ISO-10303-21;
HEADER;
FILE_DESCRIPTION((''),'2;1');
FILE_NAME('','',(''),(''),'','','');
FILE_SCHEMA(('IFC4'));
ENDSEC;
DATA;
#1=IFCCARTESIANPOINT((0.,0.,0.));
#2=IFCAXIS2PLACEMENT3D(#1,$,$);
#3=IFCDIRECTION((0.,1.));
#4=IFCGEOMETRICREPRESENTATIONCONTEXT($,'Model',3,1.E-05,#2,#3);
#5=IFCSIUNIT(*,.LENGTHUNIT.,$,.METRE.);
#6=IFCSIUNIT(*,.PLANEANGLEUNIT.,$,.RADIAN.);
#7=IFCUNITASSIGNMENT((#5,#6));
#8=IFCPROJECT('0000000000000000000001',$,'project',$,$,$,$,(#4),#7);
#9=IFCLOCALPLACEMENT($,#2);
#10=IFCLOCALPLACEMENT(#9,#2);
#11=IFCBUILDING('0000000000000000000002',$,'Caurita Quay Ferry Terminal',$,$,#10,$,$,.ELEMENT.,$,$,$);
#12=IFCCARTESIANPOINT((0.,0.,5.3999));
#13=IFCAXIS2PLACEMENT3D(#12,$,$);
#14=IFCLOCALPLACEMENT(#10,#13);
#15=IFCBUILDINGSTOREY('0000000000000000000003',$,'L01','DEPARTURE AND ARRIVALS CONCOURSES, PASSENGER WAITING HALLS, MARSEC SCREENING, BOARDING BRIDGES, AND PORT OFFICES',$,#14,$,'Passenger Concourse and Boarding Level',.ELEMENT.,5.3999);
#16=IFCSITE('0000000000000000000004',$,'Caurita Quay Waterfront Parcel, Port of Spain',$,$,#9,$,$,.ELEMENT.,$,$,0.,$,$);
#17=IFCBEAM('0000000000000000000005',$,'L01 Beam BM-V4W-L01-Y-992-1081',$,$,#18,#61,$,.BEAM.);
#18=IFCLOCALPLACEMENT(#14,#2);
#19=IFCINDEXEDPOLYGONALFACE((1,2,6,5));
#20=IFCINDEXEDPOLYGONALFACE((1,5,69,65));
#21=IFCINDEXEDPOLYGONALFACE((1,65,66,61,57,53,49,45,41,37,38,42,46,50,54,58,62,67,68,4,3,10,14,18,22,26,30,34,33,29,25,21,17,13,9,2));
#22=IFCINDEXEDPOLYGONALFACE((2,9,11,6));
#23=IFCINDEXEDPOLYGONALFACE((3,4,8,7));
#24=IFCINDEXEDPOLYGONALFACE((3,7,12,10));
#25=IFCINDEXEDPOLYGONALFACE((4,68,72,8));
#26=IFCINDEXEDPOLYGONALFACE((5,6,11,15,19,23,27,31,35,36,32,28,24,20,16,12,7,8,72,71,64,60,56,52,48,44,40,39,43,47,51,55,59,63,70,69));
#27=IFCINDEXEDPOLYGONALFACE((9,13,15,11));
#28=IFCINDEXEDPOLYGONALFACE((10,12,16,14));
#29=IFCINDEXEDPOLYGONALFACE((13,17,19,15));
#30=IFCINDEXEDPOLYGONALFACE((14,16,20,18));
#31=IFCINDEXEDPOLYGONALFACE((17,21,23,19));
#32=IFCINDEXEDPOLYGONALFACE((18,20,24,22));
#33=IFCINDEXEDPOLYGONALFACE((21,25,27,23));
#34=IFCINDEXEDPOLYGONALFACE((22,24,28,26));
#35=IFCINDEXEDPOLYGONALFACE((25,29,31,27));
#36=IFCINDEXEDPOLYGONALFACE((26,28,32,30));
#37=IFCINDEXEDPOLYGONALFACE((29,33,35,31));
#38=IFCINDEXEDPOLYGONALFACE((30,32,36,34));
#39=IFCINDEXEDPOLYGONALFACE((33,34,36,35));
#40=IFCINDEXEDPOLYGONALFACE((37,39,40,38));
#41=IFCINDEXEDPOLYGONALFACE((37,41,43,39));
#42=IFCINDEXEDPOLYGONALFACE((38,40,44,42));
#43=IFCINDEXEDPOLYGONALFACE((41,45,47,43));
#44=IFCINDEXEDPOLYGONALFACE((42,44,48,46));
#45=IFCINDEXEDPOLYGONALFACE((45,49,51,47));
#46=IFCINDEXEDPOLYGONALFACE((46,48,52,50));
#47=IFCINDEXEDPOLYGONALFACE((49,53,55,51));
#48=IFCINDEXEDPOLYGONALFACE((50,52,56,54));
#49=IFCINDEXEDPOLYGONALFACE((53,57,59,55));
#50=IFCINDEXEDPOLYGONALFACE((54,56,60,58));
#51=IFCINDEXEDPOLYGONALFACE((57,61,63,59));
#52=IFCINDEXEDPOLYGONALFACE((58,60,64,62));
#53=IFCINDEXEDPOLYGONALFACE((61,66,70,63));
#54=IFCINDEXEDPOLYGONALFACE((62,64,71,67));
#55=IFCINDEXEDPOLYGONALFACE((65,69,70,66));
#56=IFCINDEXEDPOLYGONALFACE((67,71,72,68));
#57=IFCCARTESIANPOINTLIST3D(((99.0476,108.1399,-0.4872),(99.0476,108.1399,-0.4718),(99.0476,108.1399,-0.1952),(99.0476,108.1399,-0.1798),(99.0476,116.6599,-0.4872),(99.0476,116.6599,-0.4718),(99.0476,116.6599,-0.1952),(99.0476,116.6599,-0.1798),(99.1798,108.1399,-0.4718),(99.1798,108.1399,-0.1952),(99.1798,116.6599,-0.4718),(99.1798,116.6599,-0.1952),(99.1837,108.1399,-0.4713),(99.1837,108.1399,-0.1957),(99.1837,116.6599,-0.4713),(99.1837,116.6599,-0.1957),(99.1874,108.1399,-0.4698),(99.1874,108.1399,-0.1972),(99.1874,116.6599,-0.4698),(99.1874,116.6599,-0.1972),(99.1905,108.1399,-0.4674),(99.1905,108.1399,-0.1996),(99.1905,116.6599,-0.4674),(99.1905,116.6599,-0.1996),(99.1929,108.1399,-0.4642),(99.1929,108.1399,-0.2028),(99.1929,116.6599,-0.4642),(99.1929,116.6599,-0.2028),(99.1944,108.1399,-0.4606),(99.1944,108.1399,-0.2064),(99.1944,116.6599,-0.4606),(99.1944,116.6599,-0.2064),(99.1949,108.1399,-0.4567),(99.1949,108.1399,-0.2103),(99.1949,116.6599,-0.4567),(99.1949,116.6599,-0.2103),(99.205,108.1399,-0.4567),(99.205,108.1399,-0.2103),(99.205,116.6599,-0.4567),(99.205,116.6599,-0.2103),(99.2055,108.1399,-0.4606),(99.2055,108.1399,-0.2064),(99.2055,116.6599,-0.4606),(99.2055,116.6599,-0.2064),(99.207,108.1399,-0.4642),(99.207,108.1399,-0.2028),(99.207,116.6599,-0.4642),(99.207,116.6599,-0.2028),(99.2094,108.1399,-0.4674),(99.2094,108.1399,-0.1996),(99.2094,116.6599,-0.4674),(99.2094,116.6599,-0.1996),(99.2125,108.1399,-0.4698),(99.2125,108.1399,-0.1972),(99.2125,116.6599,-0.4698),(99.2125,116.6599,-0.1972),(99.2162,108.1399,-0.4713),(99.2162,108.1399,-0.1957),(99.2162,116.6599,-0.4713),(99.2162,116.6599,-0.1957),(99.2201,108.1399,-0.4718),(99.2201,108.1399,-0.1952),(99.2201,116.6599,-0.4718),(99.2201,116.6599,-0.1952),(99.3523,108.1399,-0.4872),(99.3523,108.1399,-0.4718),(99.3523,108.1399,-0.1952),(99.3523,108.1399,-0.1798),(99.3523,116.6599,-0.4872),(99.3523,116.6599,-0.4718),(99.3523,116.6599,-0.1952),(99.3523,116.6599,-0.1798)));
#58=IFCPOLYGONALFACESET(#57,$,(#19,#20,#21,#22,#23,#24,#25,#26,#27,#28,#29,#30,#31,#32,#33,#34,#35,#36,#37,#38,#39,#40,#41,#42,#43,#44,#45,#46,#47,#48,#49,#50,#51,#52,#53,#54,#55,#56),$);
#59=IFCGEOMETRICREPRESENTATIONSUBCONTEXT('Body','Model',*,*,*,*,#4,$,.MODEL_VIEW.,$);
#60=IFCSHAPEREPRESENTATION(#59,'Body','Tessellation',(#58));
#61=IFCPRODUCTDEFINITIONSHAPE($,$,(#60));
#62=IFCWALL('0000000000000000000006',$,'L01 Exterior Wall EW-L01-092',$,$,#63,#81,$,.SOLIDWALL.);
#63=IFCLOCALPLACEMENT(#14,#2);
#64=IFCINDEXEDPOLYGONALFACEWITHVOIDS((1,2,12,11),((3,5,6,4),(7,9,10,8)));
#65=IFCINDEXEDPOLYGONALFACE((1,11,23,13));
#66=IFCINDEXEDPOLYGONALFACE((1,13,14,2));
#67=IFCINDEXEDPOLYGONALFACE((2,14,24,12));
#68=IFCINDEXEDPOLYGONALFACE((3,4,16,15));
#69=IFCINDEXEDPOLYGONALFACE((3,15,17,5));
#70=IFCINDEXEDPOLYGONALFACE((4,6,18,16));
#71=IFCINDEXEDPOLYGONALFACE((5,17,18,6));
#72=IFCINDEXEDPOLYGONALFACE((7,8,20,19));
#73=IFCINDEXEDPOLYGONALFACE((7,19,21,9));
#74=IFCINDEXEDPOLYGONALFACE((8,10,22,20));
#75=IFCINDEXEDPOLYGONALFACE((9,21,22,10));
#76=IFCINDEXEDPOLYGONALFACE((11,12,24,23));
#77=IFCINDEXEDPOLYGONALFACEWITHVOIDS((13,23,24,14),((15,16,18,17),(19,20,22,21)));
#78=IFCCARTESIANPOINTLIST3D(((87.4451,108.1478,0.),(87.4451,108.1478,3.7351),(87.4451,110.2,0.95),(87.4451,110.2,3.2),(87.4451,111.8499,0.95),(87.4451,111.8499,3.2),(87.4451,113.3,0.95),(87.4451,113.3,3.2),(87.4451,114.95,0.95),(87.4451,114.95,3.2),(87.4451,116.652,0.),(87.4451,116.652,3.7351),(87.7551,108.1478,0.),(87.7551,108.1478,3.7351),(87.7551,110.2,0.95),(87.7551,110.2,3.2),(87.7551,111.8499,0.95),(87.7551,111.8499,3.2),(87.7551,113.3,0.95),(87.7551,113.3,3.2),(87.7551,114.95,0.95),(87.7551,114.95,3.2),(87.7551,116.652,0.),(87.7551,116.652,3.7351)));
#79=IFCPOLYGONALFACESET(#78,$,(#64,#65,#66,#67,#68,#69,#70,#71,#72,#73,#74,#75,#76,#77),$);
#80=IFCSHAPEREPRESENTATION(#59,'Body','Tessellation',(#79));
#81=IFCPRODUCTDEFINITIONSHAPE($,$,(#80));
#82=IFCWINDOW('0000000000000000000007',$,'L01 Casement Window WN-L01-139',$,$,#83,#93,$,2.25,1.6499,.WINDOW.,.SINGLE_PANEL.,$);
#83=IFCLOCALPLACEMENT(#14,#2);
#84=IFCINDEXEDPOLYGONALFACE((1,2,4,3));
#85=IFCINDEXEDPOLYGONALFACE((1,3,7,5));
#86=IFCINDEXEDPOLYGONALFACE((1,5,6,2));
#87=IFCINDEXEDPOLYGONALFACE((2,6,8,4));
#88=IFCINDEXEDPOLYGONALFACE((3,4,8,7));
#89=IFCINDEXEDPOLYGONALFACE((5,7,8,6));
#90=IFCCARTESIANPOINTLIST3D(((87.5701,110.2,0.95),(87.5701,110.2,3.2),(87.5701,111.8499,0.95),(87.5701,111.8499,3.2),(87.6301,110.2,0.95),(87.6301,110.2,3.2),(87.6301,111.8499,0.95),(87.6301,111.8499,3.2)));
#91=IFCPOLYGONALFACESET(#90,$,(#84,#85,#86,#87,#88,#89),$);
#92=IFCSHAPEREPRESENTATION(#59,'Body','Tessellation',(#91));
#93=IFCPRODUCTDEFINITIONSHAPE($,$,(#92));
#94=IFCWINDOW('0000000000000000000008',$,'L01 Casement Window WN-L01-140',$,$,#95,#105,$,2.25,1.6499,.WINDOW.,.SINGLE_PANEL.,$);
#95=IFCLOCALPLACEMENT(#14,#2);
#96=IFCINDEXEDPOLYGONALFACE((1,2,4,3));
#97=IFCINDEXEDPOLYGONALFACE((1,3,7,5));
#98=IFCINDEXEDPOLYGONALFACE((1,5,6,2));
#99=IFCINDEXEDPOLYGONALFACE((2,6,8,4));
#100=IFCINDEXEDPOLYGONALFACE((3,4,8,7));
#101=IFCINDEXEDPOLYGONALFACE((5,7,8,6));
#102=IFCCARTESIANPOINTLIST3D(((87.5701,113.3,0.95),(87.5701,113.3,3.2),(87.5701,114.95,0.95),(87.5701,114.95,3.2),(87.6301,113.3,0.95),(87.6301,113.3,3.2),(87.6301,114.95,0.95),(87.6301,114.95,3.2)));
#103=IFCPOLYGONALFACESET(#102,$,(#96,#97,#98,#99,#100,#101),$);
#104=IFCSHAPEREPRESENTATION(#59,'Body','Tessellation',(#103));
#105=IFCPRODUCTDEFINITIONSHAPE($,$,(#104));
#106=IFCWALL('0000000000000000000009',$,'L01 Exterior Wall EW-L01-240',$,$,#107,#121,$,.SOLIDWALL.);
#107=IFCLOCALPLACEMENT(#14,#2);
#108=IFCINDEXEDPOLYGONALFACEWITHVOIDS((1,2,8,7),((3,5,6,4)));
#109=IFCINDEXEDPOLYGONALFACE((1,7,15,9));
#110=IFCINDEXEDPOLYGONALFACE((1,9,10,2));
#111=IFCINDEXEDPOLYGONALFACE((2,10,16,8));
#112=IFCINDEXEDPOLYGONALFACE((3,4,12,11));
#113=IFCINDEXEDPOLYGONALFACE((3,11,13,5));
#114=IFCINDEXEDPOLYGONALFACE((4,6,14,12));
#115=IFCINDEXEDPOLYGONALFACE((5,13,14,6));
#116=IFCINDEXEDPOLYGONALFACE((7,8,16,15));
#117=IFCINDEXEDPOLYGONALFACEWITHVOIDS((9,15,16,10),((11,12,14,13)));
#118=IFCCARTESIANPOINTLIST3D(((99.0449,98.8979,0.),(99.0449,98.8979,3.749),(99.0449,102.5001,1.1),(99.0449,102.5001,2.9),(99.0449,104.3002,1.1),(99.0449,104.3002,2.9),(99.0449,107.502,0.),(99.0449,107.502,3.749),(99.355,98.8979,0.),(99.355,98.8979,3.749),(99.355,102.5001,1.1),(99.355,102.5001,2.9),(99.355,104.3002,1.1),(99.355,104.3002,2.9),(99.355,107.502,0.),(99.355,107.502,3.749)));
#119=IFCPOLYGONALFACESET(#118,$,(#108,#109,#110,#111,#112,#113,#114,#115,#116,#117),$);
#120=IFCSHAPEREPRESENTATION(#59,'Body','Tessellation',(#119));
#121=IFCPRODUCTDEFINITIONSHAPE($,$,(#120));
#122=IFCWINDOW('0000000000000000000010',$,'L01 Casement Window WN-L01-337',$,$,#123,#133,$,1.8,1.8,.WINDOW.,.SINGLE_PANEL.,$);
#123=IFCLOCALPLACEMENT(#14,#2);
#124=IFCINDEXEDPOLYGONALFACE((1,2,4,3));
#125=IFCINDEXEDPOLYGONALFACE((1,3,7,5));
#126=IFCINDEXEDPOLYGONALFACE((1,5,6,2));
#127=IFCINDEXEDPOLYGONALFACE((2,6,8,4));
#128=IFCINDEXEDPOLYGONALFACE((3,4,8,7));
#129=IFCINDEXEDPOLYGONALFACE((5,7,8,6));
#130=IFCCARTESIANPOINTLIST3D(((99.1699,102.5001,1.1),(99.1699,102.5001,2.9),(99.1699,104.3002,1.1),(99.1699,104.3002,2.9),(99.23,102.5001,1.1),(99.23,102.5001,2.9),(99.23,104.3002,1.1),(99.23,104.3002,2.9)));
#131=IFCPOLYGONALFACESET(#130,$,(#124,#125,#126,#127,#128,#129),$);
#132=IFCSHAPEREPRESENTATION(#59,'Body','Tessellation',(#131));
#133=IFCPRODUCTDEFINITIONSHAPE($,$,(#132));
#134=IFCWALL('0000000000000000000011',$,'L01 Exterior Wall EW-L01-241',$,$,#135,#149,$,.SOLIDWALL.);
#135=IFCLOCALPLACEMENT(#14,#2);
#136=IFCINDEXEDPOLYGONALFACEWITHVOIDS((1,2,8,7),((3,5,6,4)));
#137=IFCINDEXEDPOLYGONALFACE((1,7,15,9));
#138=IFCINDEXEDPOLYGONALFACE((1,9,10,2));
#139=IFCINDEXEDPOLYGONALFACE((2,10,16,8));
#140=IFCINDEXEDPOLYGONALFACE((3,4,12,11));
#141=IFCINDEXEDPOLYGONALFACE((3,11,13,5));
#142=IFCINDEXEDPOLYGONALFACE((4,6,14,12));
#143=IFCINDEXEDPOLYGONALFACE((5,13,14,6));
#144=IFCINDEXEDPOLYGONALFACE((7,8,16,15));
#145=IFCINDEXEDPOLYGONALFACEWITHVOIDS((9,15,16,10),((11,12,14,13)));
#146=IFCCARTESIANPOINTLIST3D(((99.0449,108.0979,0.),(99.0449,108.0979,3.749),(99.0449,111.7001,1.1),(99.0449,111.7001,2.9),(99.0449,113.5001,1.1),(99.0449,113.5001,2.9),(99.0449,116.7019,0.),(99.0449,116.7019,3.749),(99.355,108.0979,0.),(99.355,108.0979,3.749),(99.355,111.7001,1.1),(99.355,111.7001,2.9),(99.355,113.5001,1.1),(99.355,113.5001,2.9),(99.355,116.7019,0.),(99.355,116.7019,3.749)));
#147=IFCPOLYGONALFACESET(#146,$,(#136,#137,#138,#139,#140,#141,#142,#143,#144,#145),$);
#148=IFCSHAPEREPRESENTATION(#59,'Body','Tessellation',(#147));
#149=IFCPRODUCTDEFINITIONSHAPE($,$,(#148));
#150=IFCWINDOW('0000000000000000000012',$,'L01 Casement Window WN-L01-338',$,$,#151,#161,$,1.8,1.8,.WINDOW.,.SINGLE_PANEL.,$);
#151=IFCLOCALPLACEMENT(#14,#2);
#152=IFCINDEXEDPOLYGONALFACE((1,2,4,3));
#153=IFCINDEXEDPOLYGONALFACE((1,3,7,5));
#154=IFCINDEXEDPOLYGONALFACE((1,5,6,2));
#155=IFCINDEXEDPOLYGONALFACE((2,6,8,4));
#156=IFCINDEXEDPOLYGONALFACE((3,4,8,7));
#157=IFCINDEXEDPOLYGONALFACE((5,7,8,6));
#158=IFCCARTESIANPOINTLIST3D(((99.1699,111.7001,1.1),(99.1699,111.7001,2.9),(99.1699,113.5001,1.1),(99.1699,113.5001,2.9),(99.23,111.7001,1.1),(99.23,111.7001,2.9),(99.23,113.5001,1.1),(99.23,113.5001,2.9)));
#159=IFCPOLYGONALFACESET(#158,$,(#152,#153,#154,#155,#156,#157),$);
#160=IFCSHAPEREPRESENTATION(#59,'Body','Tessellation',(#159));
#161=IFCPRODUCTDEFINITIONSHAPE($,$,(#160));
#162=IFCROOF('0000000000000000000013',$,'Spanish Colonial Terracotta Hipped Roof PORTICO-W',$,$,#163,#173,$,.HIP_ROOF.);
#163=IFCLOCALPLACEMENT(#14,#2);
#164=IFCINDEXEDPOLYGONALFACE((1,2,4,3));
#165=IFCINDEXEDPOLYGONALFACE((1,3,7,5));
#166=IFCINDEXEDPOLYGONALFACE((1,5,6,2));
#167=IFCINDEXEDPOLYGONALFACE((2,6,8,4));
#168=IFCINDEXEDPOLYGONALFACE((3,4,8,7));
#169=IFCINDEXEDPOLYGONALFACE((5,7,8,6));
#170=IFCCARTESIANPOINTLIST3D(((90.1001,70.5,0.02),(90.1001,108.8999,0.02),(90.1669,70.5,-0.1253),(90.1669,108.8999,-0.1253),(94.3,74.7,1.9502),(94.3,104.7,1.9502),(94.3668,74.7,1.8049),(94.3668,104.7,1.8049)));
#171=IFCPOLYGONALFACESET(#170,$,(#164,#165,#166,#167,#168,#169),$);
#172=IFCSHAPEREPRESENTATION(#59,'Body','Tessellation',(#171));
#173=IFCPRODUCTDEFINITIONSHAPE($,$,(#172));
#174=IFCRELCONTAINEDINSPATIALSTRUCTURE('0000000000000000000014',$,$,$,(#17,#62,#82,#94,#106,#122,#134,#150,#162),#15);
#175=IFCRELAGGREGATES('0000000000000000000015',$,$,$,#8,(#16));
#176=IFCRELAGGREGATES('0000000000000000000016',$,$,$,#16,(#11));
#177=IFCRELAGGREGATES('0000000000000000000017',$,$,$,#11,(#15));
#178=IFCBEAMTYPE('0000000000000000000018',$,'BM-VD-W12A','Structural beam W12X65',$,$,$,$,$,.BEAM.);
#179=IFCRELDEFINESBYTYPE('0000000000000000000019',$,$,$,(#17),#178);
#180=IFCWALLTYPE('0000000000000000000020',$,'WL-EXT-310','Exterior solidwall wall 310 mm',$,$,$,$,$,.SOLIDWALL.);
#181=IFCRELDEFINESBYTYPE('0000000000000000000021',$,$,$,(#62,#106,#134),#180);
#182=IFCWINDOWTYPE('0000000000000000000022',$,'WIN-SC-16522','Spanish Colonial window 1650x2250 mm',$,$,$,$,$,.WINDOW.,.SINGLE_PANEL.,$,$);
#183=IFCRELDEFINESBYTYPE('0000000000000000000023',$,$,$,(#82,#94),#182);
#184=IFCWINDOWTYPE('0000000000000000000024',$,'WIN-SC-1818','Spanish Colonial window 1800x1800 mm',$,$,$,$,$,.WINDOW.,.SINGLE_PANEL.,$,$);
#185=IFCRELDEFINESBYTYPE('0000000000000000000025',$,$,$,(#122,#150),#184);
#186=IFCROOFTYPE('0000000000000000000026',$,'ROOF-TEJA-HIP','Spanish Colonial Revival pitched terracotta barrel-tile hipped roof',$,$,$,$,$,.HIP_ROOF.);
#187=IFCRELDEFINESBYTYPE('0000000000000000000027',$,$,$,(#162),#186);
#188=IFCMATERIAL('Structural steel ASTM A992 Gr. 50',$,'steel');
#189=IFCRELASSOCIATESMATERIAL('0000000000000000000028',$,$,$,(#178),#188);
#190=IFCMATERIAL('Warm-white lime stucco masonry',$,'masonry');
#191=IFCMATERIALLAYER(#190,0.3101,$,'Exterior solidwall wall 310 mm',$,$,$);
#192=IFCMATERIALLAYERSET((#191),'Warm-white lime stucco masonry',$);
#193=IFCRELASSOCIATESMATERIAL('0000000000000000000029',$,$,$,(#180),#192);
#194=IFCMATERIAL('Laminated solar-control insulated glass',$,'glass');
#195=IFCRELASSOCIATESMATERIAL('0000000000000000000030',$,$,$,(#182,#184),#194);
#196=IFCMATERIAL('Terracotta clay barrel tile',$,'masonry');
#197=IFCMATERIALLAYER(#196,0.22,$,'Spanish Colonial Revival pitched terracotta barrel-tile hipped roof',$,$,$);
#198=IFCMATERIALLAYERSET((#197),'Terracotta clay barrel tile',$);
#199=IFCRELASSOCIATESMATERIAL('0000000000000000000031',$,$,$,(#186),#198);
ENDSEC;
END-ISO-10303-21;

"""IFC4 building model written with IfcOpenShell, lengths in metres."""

from ifc_helpers import new_model, si_unit, direction, frame, frame_2d, origin, origin_2d, place, context, subcontext, project, spatial, polyline, rectangle, i_section, outline, extrude, material, layer, layer_set, material_profile, profile_set, type_object, element, fill, save


model = new_model("IFC4")

# Units and contexts
model_context = context("Model", 3, precision=1e-05, world=origin(), true_north=direction((0.0, 1.0)))
body_context = subcontext(model_context, "Body", "Model", "MODEL_VIEW")
ifc_project = project(units=[si_unit("LENGTHUNIT", "METRE"), si_unit("PLANEANGLEUNIT", "RADIAN")], contexts=[model_context])

# Site, building, storey
site_placement = place(None, origin())
site = spatial("IfcSite", under=ifc_project, at=site_placement, Name="Caurita Quay Waterfront Parcel, Port of Spain", CompositionType="ELEMENT", RefElevation=0.0)
building_placement = place(site_placement, origin())
building = spatial("IfcBuilding", under=site, at=building_placement, Name="Caurita Quay Ferry Terminal", CompositionType="ELEMENT")
storey_placement = place(building_placement, frame((0.0, 0.0, 5.3999)))
storey = spatial("IfcBuildingStorey", under=building, at=storey_placement, Name="L01", Description="DEPARTURE AND ARRIVALS CONCOURSES, PASSENGER WAITING HALLS, MARSEC SCREENING, BOARDING BRIDGES, AND PORT OFFICES", LongName="Passenger Concourse and Boarding Level", CompositionType="ELEMENT", Elevation=5.3999)

# Beam
ifc_material_1 = material(Name="Structural steel ASTM A992 Gr. 50", Category="steel")
ifc_material_profile_1 = material_profile(ifc_material_1, i_section(OverallWidth=0.3047, OverallDepth=0.3074, WebThickness=0.01, FlangeThickness=0.0154, FilletRadius=0.0151, at=origin_2d()), Name="W12X65")
ifc_profile_set_1 = profile_set([ifc_material_profile_1], Name="Structural steel ASTM A992 Gr. 50")
beam_type_1 = type_object("IfcBeamType", Name="BM-VD-W12A", Description="Structural beam W12X65", PredefinedType="BEAM", material=ifc_profile_set_1)
beam_1_placement = place(storey_placement, frame((99.2, 108.1399, -0.3335), z_axis=(0.0, 1.0, 0.0), x_axis=(-1.0, 0.0, 0.0)))
element("IfcBeam", 1, at=beam_1_placement, inside=storey, type_object=beam_type_1, Name="L01 Beam BM-V4W-L01-Y-992-1081", PredefinedType="BEAM", context=body_context, shape_type="SweptSolid", body=[
    extrude(i_section(OverallWidth=0.3047, OverallDepth=0.3074, WebThickness=0.01, FlangeThickness=0.0154, FilletRadius=0.0151, at=origin_2d()), origin(), (0.0, 0.0, 1.0), 8.52),
])

# Wall, openings, windows
ifc_material_2 = material(Name="Warm-white lime stucco masonry", Category="masonry")
ifc_layer_1 = layer(ifc_material_2, 0.3101, Name="Exterior solidwall wall 310 mm")
ifc_layer_set_1 = layer_set([ifc_layer_1], Name="Warm-white lime stucco masonry")
wall_type = type_object("IfcWallType", Name="WL-EXT-310", Description="Exterior solidwall wall 310 mm", PredefinedType="SOLIDWALL", material=ifc_layer_set_1)
wall_1_placement = place(storey_placement, frame((87.6001, 108.1479, 0.0), z_axis=(0.0, 0.0, 1.0), x_axis=(0.0, 1.0, 0.0)))
wall_1 = element("IfcWall", 2, at=wall_1_placement, inside=storey, type_object=wall_type, Name="L01 Exterior Wall EW-L01-092", PredefinedType="SOLIDWALL", context=body_context, shape_type="SweptSolid", body=[
    extrude(rectangle(XDim=8.5042, YDim=0.3101, at=frame_2d((4.252, 0.0))), origin(), (0.0, 0.0, 1.0), 3.7351),
])
opening_1_placement = place(wall_1_placement, frame((2.052, 0.0, 0.95)))
opening_1 = element("IfcOpeningElement", 3, at=opening_1_placement, cuts=wall_1, PredefinedType="OPENING", context=body_context, shape_type="SweptSolid", body=[
    extrude(rectangle(XDim=1.6499, YDim=2.25, at=frame_2d((0.825, 1.125))), frame((0.0, 0.165, 0.0), z_axis=(0.0, -1.0, 0.0), x_axis=(1.0, 0.0, 0.0)), (0.0, 0.0, 1.0), 0.3301),
])
opening_2_placement = place(wall_1_placement, frame((5.1521, 0.0, 0.95)))
opening_2 = element("IfcOpeningElement", 4, at=opening_2_placement, cuts=wall_1, PredefinedType="OPENING", context=body_context, shape_type="SweptSolid", body=[
    extrude(rectangle(XDim=1.6499, YDim=2.25, at=frame_2d((0.825, 1.125))), frame((0.0, 0.165, 0.0), z_axis=(0.0, -1.0, 0.0), x_axis=(1.0, 0.0, 0.0)), (0.0, 0.0, 1.0), 0.3301),
])
ifc_material_3 = material(Name="Laminated solar-control insulated glass", Category="glass")
window_type_1 = type_object("IfcWindowType", Name="WIN-SC-16522", Description="Spanish Colonial window 1650x2250 mm", PartitioningType="SINGLE_PANEL", PredefinedType="WINDOW", material=ifc_material_3)
window_1_placement = place(opening_1_placement, origin())
window_1 = element("IfcWindow", 5, at=window_1_placement, inside=storey, type_object=window_type_1, Name="L01 Casement Window WN-L01-139", OverallHeight=2.25, OverallWidth=1.6499, PartitioningType="SINGLE_PANEL", PredefinedType="WINDOW", context=body_context, shape_type="SweptSolid", body=[
    extrude(rectangle(XDim=1.6499, YDim=2.25, at=frame_2d((0.825, 1.125))), frame((0.0, 0.03, 0.0), z_axis=(0.0, -1.0, 0.0), x_axis=(1.0, 0.0, 0.0)), (0.0, 0.0, 1.0), 0.0601),
])
fill(opening_1, window_1)
window_2_placement = place(opening_2_placement, origin())
window_2 = element("IfcWindow", 6, at=window_2_placement, inside=storey, type_object=window_type_1, Name="L01 Casement Window WN-L01-140", OverallHeight=2.25, OverallWidth=1.6499, PartitioningType="SINGLE_PANEL", PredefinedType="WINDOW", context=body_context, shape_type="SweptSolid", body=[
    extrude(rectangle(XDim=1.6499, YDim=2.25, at=frame_2d((0.825, 1.125))), frame((0.0, 0.03, 0.0), z_axis=(0.0, -1.0, 0.0), x_axis=(1.0, 0.0, 0.0)), (0.0, 0.0, 1.0), 0.0601),
])
fill(opening_2, window_2)

# Walls, openings, windows
wall_2_placement = place(storey_placement, frame((99.2, 107.502, 0.0), z_axis=(0.0, 0.0, 1.0), x_axis=(0.0, -1.0, 0.0)))
wall_2 = element("IfcWall", 7, at=wall_2_placement, inside=storey, type_object=wall_type, Name="L01 Exterior Wall EW-L01-240", PredefinedType="SOLIDWALL", context=body_context, shape_type="SweptSolid", body=[
    extrude(rectangle(XDim=8.604, YDim=0.3101, at=frame_2d((4.302, 0.0))), origin(), (0.0, 0.0, 1.0), 3.749),
])
opening_3_placement = place(wall_2_placement, frame((3.2019, 0.0, 1.1001)))
opening_3 = element("IfcOpeningElement", 8, at=opening_3_placement, cuts=wall_2, PredefinedType="OPENING", context=body_context, shape_type="SweptSolid", body=[
    extrude(rectangle(XDim=1.8, YDim=1.8, at=frame_2d((0.8999, 0.8999))), frame((0.0, 0.165, 0.0), z_axis=(0.0, -1.0, 0.0), x_axis=(1.0, 0.0, 0.0)), (0.0, 0.0, 1.0), 0.3301),
])
window_type_2 = type_object("IfcWindowType", Name="WIN-SC-1818", Description="Spanish Colonial window 1800x1800 mm", PartitioningType="SINGLE_PANEL", PredefinedType="WINDOW", material=ifc_material_3)
window_3_placement = place(opening_3_placement, origin())
window_3 = element("IfcWindow", 9, at=window_3_placement, inside=storey, type_object=window_type_2, Name="L01 Casement Window WN-L01-337", OverallHeight=1.8, OverallWidth=1.8, PartitioningType="SINGLE_PANEL", PredefinedType="WINDOW", context=body_context, shape_type="SweptSolid", body=[
    extrude(rectangle(XDim=1.8, YDim=1.8, at=frame_2d((0.8999, 0.8999))), frame((0.0, 0.03, 0.0), z_axis=(0.0, -1.0, 0.0), x_axis=(1.0, 0.0, 0.0)), (0.0, 0.0, 1.0), 0.0601),
])
fill(opening_3, window_3)
wall_3_placement = place(storey_placement, frame((99.2, 116.7019, 0.0), z_axis=(0.0, 0.0, 1.0), x_axis=(0.0, -1.0, 0.0)))
wall_3 = element("IfcWall", 10, at=wall_3_placement, inside=storey, type_object=wall_type, Name="L01 Exterior Wall EW-L01-241", PredefinedType="SOLIDWALL", context=body_context, shape_type="SweptSolid", body=[
    extrude(rectangle(XDim=8.604, YDim=0.3101, at=frame_2d((4.302, 0.0))), origin(), (0.0, 0.0, 1.0), 3.749),
])
opening_4_placement = place(wall_3_placement, frame((3.2019, 0.0, 1.1001)))
opening_4 = element("IfcOpeningElement", 11, at=opening_4_placement, cuts=wall_3, PredefinedType="OPENING", context=body_context, shape_type="SweptSolid", body=[
    extrude(rectangle(XDim=1.8, YDim=1.8, at=frame_2d((0.8999, 0.8999))), frame((0.0, 0.165, 0.0), z_axis=(0.0, -1.0, 0.0), x_axis=(1.0, 0.0, 0.0)), (0.0, 0.0, 1.0), 0.3301),
])
window_4_placement = place(opening_4_placement, origin())
window_4 = element("IfcWindow", 12, at=window_4_placement, inside=storey, type_object=window_type_2, Name="L01 Casement Window WN-L01-338", OverallHeight=1.8, OverallWidth=1.8, PartitioningType="SINGLE_PANEL", PredefinedType="WINDOW", context=body_context, shape_type="SweptSolid", body=[
    extrude(rectangle(XDim=1.8, YDim=1.8, at=frame_2d((0.8999, 0.8999))), frame((0.0, 0.03, 0.0), z_axis=(0.0, -1.0, 0.0), x_axis=(1.0, 0.0, 0.0)), (0.0, 0.0, 1.0), 0.0601),
])
fill(opening_4, window_4)

# Roof
ifc_material_4 = material(Name="Terracotta clay barrel tile", Category="masonry")
ifc_layer_2 = layer(ifc_material_4, 0.22, Name="Spanish Colonial Revival pitched terracotta barrel-tile hipped roof")
ifc_layer_set_2 = layer_set([ifc_layer_2], Name="Terracotta clay barrel tile")
roof_type = type_object("IfcRoofType", Name="ROOF-TEJA-HIP", Description="Spanish Colonial Revival pitched terracotta barrel-tile hipped roof", PredefinedType="HIP_ROOF", material=ifc_layer_set_2)
roof_1_placement = place(storey_placement, frame((90.1001, 108.8999, 0.02), z_axis=(-0.417584, 0.0, 0.908638), x_axis=(0.0, -1.0, 0.0)))
element("IfcRoof", 13, at=roof_1_placement, inside=storey, type_object=roof_type, Name="Spanish Colonial Terracotta Hipped Roof PORTICO-W", PredefinedType="HIP_ROOF", context=body_context, shape_type="SweptSolid", body=[
    extrude(outline(polyline([(0.0, 0.0), (38.3999, 0.0), (34.2, 4.6222), (4.2, 4.6222), (0.0, 0.0)])), origin(), (0.0, 0.0, -1.0), 0.1599),
])

save(model, "model.ifc")
